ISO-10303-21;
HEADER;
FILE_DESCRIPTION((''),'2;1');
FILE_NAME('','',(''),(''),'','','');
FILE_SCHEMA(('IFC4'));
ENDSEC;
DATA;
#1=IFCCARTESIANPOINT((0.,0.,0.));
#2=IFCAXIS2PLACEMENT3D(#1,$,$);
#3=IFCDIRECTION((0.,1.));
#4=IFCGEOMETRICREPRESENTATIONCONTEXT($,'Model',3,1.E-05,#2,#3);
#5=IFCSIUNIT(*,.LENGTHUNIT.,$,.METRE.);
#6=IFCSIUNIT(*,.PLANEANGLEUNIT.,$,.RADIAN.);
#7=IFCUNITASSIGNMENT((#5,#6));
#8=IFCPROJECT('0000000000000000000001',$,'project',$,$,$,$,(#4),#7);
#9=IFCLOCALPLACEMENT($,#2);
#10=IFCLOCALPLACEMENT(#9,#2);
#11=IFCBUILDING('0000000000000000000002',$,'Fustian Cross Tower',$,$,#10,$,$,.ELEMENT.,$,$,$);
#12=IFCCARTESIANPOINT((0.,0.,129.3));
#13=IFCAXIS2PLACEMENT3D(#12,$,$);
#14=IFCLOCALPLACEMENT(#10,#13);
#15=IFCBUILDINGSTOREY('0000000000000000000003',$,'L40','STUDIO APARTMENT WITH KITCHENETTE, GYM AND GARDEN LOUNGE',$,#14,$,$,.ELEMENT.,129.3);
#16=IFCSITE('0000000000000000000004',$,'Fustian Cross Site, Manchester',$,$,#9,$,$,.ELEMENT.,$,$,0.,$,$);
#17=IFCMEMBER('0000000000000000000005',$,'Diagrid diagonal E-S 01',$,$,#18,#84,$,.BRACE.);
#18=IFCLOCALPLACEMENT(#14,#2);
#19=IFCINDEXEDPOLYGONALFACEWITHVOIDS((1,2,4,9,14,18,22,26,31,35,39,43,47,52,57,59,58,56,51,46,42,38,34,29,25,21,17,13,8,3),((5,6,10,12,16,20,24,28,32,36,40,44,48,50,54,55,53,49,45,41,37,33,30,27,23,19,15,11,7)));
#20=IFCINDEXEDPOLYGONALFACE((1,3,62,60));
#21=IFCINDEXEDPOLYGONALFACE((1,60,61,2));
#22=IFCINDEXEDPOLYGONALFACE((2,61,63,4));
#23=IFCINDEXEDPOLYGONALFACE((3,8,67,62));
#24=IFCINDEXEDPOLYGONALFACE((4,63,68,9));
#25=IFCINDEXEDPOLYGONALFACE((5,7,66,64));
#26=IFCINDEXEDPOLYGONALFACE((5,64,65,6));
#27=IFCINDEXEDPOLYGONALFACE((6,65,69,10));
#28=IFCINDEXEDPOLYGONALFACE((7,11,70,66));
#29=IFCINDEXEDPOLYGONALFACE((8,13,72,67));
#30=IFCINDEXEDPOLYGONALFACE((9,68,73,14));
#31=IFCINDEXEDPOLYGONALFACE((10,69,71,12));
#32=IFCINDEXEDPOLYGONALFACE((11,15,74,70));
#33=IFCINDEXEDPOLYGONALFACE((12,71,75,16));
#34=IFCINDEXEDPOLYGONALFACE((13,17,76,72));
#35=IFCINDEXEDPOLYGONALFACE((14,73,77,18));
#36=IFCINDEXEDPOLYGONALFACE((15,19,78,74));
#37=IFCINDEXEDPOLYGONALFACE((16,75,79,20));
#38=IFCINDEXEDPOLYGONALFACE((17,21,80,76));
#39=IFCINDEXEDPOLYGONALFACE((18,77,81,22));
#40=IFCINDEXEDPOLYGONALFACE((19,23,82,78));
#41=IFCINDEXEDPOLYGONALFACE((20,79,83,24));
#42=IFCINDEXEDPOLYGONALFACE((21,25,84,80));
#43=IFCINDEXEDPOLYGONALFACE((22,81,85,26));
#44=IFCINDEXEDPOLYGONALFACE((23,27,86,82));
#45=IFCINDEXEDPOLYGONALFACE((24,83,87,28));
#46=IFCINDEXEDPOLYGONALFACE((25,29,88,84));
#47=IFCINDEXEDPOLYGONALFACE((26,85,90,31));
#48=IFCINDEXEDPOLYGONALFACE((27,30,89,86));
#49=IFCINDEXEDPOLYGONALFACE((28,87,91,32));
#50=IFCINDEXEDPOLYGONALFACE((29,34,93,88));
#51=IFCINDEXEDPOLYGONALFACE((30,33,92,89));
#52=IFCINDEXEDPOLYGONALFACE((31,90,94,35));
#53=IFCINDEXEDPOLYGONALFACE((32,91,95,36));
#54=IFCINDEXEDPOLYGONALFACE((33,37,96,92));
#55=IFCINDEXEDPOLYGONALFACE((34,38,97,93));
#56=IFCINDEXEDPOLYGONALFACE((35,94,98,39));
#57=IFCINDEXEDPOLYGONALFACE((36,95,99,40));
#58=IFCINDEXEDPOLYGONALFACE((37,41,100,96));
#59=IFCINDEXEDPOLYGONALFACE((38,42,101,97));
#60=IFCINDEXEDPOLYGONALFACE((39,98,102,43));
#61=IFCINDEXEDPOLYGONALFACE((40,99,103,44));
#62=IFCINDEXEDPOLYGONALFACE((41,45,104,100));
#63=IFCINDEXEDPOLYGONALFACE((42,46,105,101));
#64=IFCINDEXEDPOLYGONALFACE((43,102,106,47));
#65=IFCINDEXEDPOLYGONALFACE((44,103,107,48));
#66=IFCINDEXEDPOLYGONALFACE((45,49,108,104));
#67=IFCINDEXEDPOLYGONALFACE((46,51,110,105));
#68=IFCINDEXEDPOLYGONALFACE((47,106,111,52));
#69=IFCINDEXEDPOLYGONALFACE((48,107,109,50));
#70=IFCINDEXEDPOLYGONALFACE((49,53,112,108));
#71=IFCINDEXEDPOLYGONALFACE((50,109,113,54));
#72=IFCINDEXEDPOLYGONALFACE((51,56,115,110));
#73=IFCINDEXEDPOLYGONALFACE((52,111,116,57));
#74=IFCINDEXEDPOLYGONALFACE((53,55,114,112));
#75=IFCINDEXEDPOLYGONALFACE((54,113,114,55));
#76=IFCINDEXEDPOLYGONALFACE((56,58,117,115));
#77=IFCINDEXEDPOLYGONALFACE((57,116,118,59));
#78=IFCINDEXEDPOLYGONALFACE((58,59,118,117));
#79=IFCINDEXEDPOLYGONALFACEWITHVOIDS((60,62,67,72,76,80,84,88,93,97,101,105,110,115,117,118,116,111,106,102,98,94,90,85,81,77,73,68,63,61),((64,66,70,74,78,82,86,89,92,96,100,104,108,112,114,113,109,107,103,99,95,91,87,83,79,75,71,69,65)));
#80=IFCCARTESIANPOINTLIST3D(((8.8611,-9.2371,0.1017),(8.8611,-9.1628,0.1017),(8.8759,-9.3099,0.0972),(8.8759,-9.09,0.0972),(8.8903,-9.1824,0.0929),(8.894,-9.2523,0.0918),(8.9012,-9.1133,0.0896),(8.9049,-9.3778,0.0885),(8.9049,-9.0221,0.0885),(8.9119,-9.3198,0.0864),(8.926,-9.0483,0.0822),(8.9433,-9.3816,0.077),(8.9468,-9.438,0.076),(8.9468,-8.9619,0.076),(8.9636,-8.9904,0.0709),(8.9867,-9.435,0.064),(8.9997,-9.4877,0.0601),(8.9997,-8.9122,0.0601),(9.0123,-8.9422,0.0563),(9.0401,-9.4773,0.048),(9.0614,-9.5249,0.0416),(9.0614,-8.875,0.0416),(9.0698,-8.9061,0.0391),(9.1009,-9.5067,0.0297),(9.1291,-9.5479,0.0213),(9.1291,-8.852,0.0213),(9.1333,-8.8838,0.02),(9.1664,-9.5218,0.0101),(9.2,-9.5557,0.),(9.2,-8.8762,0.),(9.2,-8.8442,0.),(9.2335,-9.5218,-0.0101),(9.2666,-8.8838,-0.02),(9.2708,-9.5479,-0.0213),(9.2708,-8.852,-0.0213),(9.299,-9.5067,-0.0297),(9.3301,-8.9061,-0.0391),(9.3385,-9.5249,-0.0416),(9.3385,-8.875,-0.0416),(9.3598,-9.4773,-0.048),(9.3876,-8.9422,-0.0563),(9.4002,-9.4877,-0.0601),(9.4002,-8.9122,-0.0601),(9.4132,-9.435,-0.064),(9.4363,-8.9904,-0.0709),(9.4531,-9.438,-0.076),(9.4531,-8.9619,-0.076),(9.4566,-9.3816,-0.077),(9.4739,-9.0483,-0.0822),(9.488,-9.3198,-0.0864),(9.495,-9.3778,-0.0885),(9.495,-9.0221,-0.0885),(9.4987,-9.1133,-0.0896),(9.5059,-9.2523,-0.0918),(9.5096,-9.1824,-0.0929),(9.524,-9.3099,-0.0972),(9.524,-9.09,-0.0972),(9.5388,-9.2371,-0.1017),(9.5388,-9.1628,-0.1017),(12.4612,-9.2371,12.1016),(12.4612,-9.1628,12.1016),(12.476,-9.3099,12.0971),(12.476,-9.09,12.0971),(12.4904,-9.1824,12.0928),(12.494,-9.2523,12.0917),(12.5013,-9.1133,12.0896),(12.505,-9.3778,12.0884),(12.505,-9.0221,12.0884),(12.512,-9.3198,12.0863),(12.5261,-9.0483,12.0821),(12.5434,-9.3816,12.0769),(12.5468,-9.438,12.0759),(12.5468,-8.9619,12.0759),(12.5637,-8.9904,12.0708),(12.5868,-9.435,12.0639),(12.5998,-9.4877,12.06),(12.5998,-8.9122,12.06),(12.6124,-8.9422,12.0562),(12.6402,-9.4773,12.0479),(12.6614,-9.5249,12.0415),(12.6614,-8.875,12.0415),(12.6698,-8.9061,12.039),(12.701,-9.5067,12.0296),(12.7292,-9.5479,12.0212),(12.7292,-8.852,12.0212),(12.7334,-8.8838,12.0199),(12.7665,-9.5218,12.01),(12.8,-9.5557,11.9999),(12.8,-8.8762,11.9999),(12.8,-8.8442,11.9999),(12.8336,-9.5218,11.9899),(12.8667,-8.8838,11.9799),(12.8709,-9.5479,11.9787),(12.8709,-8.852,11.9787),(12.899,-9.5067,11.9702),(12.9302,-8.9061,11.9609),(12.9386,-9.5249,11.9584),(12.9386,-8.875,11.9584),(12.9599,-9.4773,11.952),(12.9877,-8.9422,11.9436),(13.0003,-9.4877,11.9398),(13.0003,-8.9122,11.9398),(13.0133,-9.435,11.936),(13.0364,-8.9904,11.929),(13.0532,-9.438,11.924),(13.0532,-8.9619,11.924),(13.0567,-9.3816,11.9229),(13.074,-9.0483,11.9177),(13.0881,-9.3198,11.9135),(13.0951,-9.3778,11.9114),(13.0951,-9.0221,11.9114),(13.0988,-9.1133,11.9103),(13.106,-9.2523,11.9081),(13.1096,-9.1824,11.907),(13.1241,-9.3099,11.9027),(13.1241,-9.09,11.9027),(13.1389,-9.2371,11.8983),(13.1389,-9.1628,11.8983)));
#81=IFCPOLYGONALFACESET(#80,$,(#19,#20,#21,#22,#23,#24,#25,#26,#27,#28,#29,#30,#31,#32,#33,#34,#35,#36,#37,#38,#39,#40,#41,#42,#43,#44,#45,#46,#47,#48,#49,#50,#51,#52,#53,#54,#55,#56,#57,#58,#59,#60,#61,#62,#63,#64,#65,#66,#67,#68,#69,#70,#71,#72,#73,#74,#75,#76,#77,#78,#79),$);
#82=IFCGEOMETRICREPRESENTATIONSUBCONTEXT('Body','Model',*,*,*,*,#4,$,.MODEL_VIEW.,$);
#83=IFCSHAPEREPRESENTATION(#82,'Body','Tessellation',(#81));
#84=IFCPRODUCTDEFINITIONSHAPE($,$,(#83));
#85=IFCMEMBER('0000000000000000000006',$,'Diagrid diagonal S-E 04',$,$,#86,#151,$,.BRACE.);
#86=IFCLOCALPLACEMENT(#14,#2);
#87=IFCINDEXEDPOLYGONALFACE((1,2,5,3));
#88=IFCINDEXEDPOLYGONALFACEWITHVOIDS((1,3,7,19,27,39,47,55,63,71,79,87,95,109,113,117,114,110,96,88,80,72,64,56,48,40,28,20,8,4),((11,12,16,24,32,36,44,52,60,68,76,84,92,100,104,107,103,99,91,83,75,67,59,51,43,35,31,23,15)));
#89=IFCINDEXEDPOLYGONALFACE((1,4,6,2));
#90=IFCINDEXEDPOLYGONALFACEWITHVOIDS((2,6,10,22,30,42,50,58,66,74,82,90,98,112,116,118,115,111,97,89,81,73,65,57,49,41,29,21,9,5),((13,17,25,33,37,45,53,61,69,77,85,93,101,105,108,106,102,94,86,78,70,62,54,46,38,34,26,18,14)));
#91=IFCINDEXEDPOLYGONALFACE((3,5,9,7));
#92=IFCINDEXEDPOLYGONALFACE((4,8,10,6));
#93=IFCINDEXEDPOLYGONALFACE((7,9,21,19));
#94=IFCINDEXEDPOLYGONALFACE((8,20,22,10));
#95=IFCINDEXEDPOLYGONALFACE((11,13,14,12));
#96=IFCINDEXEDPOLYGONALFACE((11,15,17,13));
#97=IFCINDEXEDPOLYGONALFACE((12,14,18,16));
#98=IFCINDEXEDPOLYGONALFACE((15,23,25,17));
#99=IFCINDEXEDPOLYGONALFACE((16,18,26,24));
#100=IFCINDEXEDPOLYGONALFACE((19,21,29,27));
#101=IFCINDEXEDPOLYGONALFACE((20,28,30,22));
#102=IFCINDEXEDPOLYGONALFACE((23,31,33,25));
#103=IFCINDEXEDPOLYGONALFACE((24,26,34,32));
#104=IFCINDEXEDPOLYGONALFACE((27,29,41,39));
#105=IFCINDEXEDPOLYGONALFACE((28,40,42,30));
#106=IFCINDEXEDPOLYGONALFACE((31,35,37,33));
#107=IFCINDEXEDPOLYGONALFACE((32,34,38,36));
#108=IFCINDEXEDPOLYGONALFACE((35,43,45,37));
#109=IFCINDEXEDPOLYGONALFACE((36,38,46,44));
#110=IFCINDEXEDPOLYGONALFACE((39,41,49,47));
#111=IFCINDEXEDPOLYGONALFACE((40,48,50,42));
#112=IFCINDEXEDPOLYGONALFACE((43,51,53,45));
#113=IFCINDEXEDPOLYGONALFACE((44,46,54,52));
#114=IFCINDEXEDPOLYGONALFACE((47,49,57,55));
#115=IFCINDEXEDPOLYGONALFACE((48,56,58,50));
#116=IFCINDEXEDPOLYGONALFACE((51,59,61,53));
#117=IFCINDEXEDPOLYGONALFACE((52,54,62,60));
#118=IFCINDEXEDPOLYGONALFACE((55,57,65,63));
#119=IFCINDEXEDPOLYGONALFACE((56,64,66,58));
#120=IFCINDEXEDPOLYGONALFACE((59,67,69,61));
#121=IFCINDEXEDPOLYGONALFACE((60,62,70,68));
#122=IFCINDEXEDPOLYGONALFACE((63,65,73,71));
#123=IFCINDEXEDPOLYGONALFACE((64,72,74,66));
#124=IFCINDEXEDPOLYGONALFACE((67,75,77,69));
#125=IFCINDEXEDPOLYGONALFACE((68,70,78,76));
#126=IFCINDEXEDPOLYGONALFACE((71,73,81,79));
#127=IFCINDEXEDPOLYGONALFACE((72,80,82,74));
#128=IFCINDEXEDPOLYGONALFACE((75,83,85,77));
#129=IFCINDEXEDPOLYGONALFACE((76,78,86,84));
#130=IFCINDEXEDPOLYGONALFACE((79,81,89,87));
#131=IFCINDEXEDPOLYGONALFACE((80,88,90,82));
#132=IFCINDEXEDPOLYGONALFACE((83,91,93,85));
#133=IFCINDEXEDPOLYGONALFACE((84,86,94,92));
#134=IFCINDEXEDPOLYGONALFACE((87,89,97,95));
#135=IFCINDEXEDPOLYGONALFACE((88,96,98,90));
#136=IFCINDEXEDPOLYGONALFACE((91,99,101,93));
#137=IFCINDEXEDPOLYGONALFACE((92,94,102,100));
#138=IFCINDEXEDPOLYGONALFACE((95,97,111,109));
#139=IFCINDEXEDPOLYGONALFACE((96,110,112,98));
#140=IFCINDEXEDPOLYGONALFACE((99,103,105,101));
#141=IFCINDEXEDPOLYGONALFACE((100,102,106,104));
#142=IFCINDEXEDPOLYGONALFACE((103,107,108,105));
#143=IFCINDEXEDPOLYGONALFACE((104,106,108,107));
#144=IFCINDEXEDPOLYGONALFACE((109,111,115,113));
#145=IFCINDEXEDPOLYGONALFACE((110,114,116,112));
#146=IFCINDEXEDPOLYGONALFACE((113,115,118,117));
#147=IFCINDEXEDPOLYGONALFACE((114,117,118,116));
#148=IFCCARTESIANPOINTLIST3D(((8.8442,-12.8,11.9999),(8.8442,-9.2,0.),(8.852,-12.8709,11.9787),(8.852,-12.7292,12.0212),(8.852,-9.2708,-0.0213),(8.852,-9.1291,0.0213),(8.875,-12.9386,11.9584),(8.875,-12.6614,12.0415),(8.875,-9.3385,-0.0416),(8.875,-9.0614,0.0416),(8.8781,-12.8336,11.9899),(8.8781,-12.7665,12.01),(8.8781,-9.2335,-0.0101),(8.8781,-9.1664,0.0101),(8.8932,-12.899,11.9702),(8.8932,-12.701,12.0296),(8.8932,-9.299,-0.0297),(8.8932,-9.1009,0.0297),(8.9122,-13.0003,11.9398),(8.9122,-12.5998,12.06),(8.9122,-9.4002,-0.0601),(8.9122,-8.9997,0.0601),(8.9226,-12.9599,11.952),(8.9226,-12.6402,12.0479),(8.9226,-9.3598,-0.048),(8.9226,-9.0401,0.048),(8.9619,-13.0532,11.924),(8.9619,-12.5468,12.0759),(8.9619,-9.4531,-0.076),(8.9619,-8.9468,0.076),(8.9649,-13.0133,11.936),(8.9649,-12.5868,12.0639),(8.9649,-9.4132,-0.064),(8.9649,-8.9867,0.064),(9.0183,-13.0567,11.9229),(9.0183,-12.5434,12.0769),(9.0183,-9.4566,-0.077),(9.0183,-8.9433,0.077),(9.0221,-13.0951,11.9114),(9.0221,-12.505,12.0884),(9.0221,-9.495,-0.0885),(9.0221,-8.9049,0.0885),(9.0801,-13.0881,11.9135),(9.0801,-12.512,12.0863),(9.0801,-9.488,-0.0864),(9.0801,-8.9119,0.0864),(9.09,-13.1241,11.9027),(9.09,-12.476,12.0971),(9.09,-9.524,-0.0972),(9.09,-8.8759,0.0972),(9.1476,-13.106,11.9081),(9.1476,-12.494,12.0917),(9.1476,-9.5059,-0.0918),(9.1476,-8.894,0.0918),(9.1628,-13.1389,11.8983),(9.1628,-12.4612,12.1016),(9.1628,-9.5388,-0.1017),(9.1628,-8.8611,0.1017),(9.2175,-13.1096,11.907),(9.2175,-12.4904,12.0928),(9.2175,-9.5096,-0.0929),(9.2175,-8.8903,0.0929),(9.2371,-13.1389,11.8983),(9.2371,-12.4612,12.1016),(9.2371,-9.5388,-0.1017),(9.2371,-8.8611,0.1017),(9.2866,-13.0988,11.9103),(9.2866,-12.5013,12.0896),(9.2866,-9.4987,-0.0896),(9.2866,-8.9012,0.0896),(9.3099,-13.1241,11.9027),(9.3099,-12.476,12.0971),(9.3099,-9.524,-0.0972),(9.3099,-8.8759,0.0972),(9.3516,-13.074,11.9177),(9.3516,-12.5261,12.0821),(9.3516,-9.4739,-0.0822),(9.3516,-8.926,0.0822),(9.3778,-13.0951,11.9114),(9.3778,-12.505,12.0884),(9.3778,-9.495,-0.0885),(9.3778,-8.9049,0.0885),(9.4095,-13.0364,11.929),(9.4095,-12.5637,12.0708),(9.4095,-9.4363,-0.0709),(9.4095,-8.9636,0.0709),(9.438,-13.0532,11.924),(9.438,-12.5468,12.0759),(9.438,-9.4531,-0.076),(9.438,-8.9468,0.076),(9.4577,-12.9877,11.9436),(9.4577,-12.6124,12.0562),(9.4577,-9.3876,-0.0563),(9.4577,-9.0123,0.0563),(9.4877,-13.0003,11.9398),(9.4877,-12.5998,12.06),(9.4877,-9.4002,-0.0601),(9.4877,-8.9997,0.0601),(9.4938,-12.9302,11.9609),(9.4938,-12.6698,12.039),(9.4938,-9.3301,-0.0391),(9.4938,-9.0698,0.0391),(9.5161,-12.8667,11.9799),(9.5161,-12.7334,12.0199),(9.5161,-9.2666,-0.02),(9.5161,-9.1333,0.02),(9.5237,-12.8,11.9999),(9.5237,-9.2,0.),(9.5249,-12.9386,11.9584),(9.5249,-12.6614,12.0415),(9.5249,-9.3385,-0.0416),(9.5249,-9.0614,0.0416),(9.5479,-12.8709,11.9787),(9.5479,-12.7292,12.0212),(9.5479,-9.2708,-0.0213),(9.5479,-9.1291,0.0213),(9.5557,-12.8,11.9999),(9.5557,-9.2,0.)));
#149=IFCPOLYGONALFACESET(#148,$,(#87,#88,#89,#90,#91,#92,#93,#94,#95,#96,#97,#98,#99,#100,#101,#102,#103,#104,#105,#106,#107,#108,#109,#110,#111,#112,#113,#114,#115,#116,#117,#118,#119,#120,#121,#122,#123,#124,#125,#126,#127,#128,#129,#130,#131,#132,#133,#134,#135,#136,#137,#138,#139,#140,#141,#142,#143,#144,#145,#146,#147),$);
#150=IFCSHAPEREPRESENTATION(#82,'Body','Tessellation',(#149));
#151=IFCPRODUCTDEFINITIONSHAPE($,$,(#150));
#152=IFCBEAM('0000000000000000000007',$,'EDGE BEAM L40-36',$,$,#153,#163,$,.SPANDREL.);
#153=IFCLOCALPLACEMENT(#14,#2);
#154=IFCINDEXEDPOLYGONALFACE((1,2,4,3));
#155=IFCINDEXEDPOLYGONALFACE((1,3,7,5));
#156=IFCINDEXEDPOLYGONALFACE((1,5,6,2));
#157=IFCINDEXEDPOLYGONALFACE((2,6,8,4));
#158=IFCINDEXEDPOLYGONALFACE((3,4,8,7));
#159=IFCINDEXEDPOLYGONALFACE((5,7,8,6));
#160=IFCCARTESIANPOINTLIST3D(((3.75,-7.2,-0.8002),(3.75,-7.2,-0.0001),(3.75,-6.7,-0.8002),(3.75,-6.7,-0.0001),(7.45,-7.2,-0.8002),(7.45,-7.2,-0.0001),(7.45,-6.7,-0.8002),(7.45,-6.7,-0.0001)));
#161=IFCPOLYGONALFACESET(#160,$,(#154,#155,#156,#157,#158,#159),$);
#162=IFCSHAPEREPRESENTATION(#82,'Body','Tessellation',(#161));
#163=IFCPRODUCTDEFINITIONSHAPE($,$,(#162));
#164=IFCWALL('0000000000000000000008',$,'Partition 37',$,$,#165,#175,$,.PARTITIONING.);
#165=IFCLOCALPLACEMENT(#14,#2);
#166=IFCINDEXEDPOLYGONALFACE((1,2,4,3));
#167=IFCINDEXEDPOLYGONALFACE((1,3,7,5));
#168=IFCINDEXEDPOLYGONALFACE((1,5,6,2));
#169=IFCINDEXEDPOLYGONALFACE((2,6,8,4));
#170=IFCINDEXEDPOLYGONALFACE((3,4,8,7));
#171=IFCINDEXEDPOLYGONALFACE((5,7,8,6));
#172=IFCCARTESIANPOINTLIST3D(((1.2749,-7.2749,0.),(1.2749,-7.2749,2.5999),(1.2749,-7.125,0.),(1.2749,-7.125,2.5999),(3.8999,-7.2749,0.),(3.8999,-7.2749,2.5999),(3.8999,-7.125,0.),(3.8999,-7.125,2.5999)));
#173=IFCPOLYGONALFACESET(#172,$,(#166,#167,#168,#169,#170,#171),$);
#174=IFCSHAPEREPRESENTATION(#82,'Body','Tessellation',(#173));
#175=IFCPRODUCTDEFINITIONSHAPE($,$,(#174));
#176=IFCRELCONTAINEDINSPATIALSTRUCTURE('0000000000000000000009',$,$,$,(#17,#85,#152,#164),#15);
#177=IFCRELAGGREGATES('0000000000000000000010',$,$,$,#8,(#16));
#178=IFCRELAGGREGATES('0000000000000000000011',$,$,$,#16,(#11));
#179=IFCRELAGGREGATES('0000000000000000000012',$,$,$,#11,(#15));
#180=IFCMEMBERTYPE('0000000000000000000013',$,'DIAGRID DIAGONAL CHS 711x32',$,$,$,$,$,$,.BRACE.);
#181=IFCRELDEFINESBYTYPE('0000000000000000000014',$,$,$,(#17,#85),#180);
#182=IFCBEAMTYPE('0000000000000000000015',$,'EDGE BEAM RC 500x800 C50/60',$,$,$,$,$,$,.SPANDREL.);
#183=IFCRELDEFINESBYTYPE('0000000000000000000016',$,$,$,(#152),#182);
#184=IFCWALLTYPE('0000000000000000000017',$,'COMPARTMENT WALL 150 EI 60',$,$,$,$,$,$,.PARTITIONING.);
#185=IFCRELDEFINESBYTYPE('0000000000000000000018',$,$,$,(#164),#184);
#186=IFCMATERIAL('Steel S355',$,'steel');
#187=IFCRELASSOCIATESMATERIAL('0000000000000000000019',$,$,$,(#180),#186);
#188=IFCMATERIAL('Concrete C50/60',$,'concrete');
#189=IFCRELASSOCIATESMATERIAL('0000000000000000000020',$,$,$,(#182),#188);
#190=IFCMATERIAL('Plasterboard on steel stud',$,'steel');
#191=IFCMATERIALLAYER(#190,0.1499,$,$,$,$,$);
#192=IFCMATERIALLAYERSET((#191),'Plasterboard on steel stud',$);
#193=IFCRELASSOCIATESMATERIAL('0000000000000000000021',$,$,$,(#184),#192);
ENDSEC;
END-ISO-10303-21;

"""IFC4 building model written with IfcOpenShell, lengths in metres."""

from ifc_helpers import new_model, si_unit, direction, frame, frame_2d, origin, origin_2d, place, context, subcontext, project, spatial, rectangle, hollow_circle, extrude, material, layer, layer_set, material_profile, profile_set, type_object, element, save


model = new_model("IFC4")

# Units and contexts
model_context = context("Model", 3, precision=1e-05, world=origin(), true_north=direction((0.0, 1.0)))
body_context = subcontext(model_context, "Body", "Model", "MODEL_VIEW")
ifc_project = project(units=[si_unit("LENGTHUNIT", "METRE"), si_unit("PLANEANGLEUNIT", "RADIAN")], contexts=[model_context])

# Site, building, storey
site_placement = place(None, origin())
site = spatial("IfcSite", under=ifc_project, at=site_placement, Name="Fustian Cross Site, Manchester", CompositionType="ELEMENT", RefElevation=0.0)
building_placement = place(site_placement, origin())
building = spatial("IfcBuilding", under=site, at=building_placement, Name="Fustian Cross Tower", CompositionType="ELEMENT")
storey_placement = place(building_placement, frame((0.0, 0.0, 129.3)))
storey = spatial("IfcBuildingStorey", under=building, at=storey_placement, Name="L40", Description="STUDIO APARTMENT WITH KITCHENETTE, GYM AND GARDEN LOUNGE", CompositionType="ELEMENT", Elevation=129.3)

# Members
ifc_material_1 = material(Name="Steel S355", Category="steel")
ifc_material_profile_1 = material_profile(ifc_material_1, hollow_circle(Radius=0.3557, WallThickness=0.032, at=origin_2d()), Name="CHS 711x32")
ifc_profile_set_1 = profile_set([ifc_material_profile_1], Name="Steel S355")
member_type = type_object("IfcMemberType", Name="DIAGRID DIAGONAL CHS 711x32", PredefinedType="BRACE", material=ifc_profile_set_1)
for number, where, z_axis, x_axis, name in (
    (1, (9.2, -9.2, 0.0), (0.287355, 0.0, 0.957824), (0.0, 1.0, 0.0), "Diagrid diagonal E-S 01"),
    (2, (9.2, -9.2, 0.0), (0.0, -0.287355, 0.957824), (1.0, 0.0, 0.0), "Diagrid diagonal S-E 04"),
):
    element("IfcMember", number, at=place(storey_placement, frame(where, z_axis=z_axis, x_axis=x_axis)), inside=storey, type_object=member_type, Name=name, PredefinedType="BRACE", context=body_context, shape_type="SweptSolid", body=[
        extrude(hollow_circle(Radius=0.3557, WallThickness=0.032, at=origin_2d()), origin(), (0.0, 0.0, 1.0), 12.5283),
    ])

# Beam
ifc_material_2 = material(Name="Concrete C50/60", Category="concrete")
ifc_material_profile_2 = material_profile(ifc_material_2, rectangle(XDim=0.5, YDim=0.8, at=origin_2d()), Name="RC 500x800")
ifc_profile_set_2 = profile_set([ifc_material_profile_2], Name="Concrete C50/60")
beam_type = type_object("IfcBeamType", Name="EDGE BEAM RC 500x800 C50/60", PredefinedType="SPANDREL", material=ifc_profile_set_2)
beam_placement = place(storey_placement, frame((3.75, -6.95, -0.4001), z_axis=(1.0, 0.0, 0.0), x_axis=(0.0, 1.0, 0.0)))
element("IfcBeam", 3, at=beam_placement, inside=storey, type_object=beam_type, Name="EDGE BEAM L40-36", PredefinedType="SPANDREL", context=body_context, shape_type="SweptSolid", body=[
    extrude(rectangle(XDim=0.5, YDim=0.8, at=origin_2d()), origin(), (0.0, 0.0, 1.0), 3.7),
])

# Wall
ifc_material_3 = material(Name="Plasterboard on steel stud", Category="steel")
ifc_layer_1 = layer(ifc_material_3, 0.1499)
ifc_layer_set_1 = layer_set([ifc_layer_1], Name="Plasterboard on steel stud")
wall_type_1 = type_object("IfcWallType", Name="COMPARTMENT WALL 150 EI 60", PredefinedType="PARTITIONING", material=ifc_layer_set_1)
wall_1_placement = place(storey_placement, frame((1.2749, -7.2, 0.0), z_axis=(0.0, 0.0, 1.0), x_axis=(1.0, 0.0, 0.0)))
element("IfcWall", 4, at=wall_1_placement, inside=storey, type_object=wall_type_1, Name="Partition 37", PredefinedType="PARTITIONING", context=body_context, shape_type="SweptSolid", body=[
    extrude(rectangle(XDim=2.625, YDim=0.1499, at=frame_2d((1.3125, 0.0))), origin(), (0.0, 0.0, 1.0), 2.5999),
])

save(model, "model.ifc")
